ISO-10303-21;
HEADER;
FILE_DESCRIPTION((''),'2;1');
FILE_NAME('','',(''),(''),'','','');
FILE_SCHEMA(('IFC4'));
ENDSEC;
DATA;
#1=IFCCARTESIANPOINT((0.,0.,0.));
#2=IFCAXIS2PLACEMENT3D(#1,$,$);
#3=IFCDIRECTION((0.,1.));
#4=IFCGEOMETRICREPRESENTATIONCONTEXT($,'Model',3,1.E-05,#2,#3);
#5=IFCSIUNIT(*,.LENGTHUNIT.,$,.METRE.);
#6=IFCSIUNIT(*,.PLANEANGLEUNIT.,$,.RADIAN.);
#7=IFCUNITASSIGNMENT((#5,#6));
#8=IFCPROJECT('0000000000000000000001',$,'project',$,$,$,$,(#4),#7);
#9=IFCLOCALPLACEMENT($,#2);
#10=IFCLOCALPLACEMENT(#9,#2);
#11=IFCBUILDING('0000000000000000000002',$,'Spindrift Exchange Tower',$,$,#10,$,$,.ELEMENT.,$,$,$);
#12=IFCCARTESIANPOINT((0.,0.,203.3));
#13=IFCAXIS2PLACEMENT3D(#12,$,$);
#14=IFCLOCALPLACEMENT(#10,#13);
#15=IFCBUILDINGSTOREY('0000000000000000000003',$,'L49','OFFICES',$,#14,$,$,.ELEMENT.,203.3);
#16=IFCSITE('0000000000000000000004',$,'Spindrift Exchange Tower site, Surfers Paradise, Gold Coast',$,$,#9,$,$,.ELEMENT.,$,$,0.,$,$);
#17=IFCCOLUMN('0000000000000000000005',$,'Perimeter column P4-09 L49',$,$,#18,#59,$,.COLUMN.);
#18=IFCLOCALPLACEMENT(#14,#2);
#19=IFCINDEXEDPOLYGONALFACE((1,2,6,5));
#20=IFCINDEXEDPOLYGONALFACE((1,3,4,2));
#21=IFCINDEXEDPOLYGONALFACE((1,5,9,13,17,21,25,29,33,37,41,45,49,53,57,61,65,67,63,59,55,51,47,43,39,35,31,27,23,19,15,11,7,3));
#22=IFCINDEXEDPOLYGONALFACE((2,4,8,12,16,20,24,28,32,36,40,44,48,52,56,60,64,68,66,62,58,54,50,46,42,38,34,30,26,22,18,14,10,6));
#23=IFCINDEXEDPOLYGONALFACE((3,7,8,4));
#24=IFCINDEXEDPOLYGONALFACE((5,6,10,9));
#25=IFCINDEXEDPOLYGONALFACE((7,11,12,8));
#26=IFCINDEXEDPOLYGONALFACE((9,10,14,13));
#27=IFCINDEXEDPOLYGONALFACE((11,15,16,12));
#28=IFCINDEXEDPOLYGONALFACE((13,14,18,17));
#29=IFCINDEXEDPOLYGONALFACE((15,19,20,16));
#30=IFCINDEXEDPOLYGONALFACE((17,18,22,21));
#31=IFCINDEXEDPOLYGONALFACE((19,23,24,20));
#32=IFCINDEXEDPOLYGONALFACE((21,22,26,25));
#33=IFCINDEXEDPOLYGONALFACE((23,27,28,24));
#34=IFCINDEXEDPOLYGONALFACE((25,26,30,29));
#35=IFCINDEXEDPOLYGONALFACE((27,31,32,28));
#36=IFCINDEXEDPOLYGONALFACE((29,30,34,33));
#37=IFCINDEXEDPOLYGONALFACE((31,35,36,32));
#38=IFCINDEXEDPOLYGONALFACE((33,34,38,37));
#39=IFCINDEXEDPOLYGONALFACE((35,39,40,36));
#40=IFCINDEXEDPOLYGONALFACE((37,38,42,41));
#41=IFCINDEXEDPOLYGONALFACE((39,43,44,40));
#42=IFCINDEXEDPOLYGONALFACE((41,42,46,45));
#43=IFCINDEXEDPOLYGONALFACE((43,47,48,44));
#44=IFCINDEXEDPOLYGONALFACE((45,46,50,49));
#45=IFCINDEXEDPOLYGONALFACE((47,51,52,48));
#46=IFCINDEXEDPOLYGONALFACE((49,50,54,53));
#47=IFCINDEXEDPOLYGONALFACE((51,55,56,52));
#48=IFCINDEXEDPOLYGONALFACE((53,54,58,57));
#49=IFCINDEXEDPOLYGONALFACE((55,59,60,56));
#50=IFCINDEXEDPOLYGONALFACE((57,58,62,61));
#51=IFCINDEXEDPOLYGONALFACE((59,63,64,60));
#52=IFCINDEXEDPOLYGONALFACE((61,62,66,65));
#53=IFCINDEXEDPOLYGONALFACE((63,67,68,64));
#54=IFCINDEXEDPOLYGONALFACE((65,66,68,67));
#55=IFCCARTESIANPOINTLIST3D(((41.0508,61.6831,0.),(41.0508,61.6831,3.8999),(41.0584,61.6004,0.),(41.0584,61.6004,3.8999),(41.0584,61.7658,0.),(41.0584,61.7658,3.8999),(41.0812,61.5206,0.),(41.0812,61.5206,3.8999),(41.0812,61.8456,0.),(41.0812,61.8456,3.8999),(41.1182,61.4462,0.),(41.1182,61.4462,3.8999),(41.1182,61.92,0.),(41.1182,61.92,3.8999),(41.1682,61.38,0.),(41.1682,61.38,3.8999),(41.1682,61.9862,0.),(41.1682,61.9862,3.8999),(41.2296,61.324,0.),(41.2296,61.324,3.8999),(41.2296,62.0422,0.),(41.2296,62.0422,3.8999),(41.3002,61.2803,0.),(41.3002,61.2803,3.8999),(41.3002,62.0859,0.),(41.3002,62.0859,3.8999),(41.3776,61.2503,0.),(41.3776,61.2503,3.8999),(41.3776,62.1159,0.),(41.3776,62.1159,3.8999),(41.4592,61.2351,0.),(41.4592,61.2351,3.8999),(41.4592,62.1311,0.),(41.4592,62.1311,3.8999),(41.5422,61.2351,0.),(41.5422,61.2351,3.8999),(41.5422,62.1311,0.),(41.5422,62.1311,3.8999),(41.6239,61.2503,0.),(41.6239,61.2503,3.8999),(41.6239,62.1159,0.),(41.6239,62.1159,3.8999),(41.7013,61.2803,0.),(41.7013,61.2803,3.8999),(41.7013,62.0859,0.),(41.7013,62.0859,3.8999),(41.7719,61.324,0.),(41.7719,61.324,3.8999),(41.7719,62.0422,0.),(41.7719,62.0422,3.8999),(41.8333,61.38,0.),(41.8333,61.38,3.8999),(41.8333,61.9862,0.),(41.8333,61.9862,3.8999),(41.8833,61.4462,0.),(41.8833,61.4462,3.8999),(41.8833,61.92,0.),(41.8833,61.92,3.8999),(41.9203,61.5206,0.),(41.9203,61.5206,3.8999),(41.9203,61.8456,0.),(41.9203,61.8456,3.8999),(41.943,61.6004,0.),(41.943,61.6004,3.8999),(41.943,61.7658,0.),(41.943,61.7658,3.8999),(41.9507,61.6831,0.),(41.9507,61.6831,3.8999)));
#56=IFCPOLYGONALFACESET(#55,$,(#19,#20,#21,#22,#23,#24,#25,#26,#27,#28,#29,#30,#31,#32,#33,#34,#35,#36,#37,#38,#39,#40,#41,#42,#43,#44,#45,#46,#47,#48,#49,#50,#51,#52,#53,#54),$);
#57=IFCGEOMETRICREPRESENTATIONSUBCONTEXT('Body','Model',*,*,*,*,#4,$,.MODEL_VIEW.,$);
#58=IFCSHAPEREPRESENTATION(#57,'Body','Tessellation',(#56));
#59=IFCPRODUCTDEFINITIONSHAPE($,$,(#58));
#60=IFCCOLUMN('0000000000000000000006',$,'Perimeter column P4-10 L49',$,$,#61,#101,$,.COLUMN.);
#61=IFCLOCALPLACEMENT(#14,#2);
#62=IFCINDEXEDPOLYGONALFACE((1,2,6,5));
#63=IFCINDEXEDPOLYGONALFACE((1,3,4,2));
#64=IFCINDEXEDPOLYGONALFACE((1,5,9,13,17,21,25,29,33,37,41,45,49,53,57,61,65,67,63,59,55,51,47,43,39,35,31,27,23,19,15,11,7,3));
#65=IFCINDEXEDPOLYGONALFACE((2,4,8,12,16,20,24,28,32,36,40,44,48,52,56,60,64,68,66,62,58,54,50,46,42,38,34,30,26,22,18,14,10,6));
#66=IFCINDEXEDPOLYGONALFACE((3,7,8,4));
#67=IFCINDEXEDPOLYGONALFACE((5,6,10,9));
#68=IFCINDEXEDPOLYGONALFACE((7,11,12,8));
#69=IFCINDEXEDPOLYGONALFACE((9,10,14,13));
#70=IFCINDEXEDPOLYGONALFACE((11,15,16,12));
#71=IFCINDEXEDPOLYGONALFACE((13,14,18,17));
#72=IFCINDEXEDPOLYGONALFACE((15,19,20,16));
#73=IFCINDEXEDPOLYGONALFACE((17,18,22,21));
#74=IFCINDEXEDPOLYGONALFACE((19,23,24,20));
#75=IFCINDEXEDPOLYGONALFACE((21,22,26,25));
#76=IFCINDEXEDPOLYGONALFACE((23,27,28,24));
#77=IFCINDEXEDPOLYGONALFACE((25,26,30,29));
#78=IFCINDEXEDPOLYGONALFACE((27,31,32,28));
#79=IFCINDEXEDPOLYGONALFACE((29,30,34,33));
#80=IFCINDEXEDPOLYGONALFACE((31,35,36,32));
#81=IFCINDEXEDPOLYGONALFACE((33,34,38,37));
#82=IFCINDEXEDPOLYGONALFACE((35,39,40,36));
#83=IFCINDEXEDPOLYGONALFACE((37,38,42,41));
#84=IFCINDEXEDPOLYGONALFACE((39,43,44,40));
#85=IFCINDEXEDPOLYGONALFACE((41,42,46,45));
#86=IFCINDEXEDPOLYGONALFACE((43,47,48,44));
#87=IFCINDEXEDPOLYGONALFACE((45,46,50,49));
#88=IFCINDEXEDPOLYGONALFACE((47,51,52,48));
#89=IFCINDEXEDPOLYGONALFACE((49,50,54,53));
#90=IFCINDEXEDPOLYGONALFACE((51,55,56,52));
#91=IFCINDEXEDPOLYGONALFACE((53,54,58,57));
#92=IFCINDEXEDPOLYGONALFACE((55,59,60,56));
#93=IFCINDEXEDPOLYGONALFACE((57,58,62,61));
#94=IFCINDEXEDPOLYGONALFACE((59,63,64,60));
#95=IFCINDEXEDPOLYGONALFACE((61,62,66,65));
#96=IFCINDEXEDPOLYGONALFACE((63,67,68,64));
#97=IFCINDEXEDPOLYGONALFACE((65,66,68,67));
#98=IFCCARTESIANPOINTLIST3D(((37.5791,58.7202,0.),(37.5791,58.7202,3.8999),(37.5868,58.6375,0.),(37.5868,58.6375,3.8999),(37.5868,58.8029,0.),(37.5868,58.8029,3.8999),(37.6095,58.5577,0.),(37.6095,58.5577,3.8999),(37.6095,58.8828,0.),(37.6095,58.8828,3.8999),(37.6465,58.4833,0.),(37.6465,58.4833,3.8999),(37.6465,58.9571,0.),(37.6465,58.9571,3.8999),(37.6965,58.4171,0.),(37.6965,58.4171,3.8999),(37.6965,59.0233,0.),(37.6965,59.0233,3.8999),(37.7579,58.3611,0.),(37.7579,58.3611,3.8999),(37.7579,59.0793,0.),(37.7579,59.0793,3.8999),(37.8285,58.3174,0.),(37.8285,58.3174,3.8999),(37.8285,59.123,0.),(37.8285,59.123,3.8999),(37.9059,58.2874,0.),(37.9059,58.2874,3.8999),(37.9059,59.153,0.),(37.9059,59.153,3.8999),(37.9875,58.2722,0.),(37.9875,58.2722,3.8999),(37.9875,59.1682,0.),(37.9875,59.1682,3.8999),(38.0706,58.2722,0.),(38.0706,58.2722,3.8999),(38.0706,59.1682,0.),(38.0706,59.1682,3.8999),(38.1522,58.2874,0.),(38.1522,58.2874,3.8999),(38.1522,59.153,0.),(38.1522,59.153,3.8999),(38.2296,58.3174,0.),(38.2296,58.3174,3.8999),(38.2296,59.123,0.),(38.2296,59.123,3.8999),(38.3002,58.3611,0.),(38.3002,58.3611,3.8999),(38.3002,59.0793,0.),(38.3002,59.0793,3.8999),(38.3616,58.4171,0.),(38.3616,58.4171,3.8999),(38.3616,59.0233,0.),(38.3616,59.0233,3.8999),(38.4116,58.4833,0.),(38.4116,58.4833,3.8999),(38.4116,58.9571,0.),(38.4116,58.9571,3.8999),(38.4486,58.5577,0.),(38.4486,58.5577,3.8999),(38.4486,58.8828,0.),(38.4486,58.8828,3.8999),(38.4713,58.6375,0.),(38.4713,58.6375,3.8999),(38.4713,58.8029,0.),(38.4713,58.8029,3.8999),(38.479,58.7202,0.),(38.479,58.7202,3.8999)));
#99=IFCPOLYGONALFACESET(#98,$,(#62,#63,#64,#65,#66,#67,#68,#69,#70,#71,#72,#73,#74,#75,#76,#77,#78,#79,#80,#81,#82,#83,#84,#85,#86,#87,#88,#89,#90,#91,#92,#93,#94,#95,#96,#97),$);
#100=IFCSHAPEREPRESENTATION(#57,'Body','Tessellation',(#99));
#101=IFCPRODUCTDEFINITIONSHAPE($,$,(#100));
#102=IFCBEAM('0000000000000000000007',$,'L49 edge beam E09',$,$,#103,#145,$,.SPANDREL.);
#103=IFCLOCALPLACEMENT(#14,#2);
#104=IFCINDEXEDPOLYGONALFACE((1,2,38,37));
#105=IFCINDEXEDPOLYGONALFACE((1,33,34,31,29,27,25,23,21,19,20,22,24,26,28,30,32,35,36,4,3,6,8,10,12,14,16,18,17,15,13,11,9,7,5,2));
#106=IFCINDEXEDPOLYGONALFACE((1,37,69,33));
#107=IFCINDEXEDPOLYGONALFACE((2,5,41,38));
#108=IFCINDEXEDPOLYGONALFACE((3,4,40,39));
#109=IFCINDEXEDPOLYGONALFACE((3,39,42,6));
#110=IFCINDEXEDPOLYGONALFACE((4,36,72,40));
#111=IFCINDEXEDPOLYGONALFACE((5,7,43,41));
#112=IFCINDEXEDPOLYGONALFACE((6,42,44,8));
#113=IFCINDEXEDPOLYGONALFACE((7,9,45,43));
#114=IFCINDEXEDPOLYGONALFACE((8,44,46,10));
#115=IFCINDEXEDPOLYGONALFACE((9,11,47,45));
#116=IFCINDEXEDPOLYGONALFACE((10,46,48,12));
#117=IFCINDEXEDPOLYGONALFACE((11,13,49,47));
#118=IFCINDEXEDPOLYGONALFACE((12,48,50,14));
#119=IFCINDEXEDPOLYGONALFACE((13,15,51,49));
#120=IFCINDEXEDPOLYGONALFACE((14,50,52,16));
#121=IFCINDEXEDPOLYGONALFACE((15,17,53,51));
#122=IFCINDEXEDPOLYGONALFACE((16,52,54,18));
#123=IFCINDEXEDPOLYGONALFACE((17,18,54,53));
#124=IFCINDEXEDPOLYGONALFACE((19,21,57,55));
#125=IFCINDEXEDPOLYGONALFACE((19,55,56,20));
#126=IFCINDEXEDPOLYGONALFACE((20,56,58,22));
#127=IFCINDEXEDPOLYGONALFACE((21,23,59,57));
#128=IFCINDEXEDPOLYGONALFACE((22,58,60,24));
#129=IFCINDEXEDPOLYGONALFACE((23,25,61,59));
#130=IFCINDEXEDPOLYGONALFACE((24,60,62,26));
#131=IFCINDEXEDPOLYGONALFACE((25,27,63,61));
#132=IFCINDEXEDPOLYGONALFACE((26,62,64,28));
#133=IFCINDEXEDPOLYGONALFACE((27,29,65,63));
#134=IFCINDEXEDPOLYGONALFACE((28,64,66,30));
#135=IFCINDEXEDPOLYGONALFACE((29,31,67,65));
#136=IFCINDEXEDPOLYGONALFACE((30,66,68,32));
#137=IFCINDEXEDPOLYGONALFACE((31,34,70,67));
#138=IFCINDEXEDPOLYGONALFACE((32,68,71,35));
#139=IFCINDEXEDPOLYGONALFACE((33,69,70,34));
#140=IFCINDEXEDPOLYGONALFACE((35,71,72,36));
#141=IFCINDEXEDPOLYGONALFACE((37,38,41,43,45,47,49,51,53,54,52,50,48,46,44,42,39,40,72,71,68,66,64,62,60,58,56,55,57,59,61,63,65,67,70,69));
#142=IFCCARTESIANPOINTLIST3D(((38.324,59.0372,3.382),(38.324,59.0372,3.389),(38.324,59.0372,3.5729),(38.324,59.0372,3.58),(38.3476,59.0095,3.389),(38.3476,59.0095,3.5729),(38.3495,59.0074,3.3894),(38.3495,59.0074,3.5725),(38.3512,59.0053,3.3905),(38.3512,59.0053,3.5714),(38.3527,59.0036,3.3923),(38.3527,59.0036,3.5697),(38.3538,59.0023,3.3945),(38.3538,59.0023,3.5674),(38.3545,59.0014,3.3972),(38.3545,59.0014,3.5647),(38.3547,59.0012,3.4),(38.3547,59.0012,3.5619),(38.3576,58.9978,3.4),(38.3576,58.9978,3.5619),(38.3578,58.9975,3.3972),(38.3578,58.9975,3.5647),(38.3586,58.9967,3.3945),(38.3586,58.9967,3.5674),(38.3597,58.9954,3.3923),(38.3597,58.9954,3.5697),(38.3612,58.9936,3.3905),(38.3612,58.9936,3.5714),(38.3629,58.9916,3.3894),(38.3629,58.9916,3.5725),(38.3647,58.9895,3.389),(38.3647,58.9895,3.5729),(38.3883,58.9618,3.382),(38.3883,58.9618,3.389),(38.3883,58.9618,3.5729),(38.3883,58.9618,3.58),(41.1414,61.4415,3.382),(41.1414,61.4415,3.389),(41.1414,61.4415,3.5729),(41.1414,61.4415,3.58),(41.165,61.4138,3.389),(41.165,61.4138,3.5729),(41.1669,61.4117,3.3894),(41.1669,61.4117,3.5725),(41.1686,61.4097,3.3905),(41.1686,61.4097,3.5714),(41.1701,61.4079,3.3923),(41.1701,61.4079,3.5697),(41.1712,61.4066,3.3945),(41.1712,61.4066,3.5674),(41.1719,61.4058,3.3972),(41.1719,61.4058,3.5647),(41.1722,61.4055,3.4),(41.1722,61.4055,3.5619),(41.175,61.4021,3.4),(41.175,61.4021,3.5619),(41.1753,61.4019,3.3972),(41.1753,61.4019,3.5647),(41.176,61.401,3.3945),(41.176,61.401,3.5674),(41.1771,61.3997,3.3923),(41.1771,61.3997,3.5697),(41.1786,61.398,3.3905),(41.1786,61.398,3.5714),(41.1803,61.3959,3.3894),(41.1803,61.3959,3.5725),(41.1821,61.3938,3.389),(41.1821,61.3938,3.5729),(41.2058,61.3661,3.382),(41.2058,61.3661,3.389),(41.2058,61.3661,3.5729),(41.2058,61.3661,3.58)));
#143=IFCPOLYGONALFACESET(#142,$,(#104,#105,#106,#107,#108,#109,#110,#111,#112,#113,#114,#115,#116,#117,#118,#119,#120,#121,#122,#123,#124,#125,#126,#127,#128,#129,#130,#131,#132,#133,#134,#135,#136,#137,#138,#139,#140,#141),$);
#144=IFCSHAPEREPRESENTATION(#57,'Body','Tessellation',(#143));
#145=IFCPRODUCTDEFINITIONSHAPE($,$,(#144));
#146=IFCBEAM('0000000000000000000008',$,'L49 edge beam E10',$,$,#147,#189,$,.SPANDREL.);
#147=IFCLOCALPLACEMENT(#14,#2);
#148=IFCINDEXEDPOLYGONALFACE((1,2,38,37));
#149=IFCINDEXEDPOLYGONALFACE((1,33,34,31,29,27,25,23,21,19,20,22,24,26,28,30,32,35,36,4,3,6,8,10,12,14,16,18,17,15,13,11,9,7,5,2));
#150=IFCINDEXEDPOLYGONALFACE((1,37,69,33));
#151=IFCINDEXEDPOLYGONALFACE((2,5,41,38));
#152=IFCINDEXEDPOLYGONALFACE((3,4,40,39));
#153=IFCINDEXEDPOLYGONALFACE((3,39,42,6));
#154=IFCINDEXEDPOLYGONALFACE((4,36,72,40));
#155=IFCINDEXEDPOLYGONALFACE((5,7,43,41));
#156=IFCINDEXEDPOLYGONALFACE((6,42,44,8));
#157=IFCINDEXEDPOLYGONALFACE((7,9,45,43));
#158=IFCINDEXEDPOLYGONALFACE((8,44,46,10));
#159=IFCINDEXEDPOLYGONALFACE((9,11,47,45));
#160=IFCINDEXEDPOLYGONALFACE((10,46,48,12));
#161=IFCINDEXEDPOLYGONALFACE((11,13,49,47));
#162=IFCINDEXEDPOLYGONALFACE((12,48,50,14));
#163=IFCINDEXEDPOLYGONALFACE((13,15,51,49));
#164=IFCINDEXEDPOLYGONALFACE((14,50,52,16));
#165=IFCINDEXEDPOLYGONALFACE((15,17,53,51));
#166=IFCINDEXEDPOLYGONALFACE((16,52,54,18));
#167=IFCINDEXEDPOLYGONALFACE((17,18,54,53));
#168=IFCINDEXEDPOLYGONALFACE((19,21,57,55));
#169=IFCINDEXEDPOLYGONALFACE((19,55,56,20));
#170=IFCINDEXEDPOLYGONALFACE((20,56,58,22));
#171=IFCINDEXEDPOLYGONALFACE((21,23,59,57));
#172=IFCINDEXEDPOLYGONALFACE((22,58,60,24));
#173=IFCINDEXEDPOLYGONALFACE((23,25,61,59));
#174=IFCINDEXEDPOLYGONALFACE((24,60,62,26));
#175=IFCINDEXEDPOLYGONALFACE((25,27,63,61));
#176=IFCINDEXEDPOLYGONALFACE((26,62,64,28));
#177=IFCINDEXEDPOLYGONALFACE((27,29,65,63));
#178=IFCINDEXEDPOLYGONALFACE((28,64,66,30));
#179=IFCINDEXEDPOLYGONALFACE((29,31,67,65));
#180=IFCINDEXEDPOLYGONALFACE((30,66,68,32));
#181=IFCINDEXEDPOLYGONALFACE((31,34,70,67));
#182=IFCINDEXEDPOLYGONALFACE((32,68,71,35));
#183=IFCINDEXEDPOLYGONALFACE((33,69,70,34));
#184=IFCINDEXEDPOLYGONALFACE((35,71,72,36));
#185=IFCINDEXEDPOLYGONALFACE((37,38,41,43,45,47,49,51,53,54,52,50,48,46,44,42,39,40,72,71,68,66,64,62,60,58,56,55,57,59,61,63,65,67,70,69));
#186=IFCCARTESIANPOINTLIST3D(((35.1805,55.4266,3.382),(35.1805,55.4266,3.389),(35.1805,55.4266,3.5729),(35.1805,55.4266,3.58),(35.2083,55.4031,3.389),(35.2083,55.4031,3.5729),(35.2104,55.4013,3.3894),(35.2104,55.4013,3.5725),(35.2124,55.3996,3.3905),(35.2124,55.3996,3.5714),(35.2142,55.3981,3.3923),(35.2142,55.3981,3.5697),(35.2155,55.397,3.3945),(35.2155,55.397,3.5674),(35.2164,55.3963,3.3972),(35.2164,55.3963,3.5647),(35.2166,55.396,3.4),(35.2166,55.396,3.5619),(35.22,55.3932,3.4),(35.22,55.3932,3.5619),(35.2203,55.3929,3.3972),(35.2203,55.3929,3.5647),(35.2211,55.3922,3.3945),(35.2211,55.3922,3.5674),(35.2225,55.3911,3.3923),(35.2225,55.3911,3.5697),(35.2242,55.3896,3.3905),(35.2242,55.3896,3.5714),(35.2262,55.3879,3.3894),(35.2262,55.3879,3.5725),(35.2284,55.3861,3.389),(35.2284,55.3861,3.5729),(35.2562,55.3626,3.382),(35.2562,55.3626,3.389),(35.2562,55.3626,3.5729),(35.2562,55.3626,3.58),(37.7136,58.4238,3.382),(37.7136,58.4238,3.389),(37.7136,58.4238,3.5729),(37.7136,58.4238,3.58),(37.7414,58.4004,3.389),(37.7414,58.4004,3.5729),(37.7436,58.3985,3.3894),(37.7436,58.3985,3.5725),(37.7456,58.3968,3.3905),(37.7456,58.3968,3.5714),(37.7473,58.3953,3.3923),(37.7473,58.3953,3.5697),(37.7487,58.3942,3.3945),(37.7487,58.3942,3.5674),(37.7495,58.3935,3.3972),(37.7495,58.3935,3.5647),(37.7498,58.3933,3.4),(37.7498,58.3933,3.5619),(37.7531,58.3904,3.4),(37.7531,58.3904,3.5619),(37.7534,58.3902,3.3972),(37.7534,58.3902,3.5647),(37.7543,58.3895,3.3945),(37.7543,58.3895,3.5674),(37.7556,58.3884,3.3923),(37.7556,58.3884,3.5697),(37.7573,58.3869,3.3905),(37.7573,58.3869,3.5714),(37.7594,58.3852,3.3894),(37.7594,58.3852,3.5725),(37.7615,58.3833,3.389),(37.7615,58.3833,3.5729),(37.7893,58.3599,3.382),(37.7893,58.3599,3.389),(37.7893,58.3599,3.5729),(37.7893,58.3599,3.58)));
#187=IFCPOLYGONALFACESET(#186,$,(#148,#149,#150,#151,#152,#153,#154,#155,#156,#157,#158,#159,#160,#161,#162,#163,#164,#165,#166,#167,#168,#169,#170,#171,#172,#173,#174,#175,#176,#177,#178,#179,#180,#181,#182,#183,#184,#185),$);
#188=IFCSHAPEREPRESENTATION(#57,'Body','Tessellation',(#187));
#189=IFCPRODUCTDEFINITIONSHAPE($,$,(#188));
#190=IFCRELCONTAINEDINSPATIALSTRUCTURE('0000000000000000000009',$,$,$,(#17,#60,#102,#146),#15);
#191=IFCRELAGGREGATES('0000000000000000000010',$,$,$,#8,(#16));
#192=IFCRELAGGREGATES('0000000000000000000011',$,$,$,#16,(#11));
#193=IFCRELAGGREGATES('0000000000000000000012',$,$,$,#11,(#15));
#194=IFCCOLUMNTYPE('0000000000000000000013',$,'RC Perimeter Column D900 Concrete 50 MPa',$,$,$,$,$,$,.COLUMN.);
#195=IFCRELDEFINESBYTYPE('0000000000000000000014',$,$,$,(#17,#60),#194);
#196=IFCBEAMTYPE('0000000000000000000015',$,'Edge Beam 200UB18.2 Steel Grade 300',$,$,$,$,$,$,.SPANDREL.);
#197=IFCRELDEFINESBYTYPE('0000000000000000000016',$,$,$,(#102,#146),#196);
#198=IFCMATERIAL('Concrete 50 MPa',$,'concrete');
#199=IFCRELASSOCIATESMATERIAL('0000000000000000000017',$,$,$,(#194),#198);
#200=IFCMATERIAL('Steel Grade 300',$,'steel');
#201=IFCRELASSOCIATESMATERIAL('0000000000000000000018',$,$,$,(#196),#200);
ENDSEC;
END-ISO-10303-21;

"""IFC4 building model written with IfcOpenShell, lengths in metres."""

from ifc_helpers import new_model, si_unit, direction, frame, origin, origin_2d, place, context, subcontext, project, spatial, circle, i_section, extrude, source, transform, mapped, material, material_profile, profile_set, type_object, element, save


model = new_model("IFC4")

# Units and contexts
model_context = context("Model", 3, precision=1e-05, world=origin(), true_north=direction((0.0, 1.0)))
body_context = subcontext(model_context, "Body", "Model", "MODEL_VIEW")
ifc_project = project(units=[si_unit("LENGTHUNIT", "METRE"), si_unit("PLANEANGLEUNIT", "RADIAN")], contexts=[model_context])

# Site, building, storey
site_placement = place(None, origin())
site = spatial("IfcSite", under=ifc_project, at=site_placement, Name="Spindrift Exchange Tower site, Surfers Paradise, Gold Coast", CompositionType="ELEMENT", RefElevation=0.0)
building_placement = place(site_placement, origin())
building = spatial("IfcBuilding", under=site, at=building_placement, Name="Spindrift Exchange Tower", CompositionType="ELEMENT")
storey_placement = place(building_placement, frame((0.0, 0.0, 203.3)))
storey = spatial("IfcBuildingStorey", under=building, at=storey_placement, Name="L49", Description="OFFICES", CompositionType="ELEMENT", Elevation=203.3)

# Columns
ifc_material_1 = material(Name="Concrete 50 MPa", Category="concrete")
ifc_material_profile_1 = material_profile(ifc_material_1, circle(Radius=0.45, at=origin_2d()), Name="RC D900")
ifc_profile_set_1 = profile_set([ifc_material_profile_1], Name="Concrete 50 MPa")
column_type = type_object("IfcColumnType", Name="RC Perimeter Column D900 Concrete 50 MPa", PredefinedType="COLUMN", material=ifc_profile_set_1)
shared_shape_1 = source(origin(), body_context, "Body", "SweptSolid", [
    extrude(circle(Radius=0.45, at=origin_2d()), origin(), (0.0, 0.0, 1.0), 3.8999),
])
for number, where, z_axis, x_axis, name in (
    (1, (41.5007, 61.6831, 0.0), (0.0, 0.0, 1.0), (1.0, 0.0, 0.0), "Perimeter column P4-09 L49"),
    (2, (38.0291, 58.7202, 0.0), (0.0, 0.0, 1.0), (1.0, 0.0, 0.0), "Perimeter column P4-10 L49"),
):
    element("IfcColumn", number, at=place(storey_placement, frame(where, z_axis=z_axis, x_axis=x_axis)), inside=storey, type_object=column_type, Name=name, PredefinedType="COLUMN", context=body_context, shape_type="MappedRepresentation", body=[
        mapped(shared_shape_1, transform((0.0, 0.0, 0.0), scale=1.0)),
    ])

# Beams
ifc_material_2 = material(Name="Steel Grade 300", Category="steel")
ifc_material_profile_2 = material_profile(ifc_material_2, i_section(OverallWidth=0.0991, OverallDepth=0.198, WebThickness=0.0044, FlangeThickness=0.0071, FilletRadius=0.011, at=origin_2d()), Name="200UB18.2")
ifc_profile_set_2 = profile_set([ifc_material_profile_2], Name="Steel Grade 300")
beam_type_1 = type_object("IfcBeamType", Name="Edge Beam 200UB18.2 Steel Grade 300", PredefinedType="SPANDREL", material=ifc_profile_set_2)
shared_shape_2 = source(origin(), body_context, "Body", "SweptSolid", [
    extrude(i_section(OverallWidth=0.0991, OverallDepth=0.198, WebThickness=0.0044, FlangeThickness=0.0071, FilletRadius=0.011, at=origin_2d()), origin(), (0.0, 0.0, 1.0), 3.7039),
])
beam_1_placement = place(storey_placement, frame((41.1736, 61.4038, 3.481), z_axis=(-0.760669, -0.64914, 0.0), x_axis=(0.64914, -0.760669, 0.0)))
element("IfcBeam", 3, at=beam_1_placement, inside=storey, type_object=beam_type_1, Name="L49 edge beam E09", PredefinedType="SPANDREL", context=body_context, shape_type="MappedRepresentation", body=[
    mapped(shared_shape_2, transform((0.0, 0.0, 0.0), scale=1.0)),
])
shared_shape_3 = source(origin(), body_context, "Body", "SweptSolid", [
    extrude(i_section(OverallWidth=0.0991, OverallDepth=0.198, WebThickness=0.0044, FlangeThickness=0.0071, FilletRadius=0.011, at=origin_2d()), origin(), (0.0, 0.0, 1.0), 3.9243),
])
beam_2_placement = place(storey_placement, frame((37.7515, 58.3918, 3.481), z_axis=(-0.645499, -0.763761, 0.0), x_axis=(0.763761, -0.645499, 0.0)))
element("IfcBeam", 4, at=beam_2_placement, inside=storey, type_object=beam_type_1, Name="L49 edge beam E10", PredefinedType="SPANDREL", context=body_context, shape_type="MappedRepresentation", body=[
    mapped(shared_shape_3, transform((0.0, 0.0, 0.0), scale=1.0)),
])

save(model, "model.ifc")
